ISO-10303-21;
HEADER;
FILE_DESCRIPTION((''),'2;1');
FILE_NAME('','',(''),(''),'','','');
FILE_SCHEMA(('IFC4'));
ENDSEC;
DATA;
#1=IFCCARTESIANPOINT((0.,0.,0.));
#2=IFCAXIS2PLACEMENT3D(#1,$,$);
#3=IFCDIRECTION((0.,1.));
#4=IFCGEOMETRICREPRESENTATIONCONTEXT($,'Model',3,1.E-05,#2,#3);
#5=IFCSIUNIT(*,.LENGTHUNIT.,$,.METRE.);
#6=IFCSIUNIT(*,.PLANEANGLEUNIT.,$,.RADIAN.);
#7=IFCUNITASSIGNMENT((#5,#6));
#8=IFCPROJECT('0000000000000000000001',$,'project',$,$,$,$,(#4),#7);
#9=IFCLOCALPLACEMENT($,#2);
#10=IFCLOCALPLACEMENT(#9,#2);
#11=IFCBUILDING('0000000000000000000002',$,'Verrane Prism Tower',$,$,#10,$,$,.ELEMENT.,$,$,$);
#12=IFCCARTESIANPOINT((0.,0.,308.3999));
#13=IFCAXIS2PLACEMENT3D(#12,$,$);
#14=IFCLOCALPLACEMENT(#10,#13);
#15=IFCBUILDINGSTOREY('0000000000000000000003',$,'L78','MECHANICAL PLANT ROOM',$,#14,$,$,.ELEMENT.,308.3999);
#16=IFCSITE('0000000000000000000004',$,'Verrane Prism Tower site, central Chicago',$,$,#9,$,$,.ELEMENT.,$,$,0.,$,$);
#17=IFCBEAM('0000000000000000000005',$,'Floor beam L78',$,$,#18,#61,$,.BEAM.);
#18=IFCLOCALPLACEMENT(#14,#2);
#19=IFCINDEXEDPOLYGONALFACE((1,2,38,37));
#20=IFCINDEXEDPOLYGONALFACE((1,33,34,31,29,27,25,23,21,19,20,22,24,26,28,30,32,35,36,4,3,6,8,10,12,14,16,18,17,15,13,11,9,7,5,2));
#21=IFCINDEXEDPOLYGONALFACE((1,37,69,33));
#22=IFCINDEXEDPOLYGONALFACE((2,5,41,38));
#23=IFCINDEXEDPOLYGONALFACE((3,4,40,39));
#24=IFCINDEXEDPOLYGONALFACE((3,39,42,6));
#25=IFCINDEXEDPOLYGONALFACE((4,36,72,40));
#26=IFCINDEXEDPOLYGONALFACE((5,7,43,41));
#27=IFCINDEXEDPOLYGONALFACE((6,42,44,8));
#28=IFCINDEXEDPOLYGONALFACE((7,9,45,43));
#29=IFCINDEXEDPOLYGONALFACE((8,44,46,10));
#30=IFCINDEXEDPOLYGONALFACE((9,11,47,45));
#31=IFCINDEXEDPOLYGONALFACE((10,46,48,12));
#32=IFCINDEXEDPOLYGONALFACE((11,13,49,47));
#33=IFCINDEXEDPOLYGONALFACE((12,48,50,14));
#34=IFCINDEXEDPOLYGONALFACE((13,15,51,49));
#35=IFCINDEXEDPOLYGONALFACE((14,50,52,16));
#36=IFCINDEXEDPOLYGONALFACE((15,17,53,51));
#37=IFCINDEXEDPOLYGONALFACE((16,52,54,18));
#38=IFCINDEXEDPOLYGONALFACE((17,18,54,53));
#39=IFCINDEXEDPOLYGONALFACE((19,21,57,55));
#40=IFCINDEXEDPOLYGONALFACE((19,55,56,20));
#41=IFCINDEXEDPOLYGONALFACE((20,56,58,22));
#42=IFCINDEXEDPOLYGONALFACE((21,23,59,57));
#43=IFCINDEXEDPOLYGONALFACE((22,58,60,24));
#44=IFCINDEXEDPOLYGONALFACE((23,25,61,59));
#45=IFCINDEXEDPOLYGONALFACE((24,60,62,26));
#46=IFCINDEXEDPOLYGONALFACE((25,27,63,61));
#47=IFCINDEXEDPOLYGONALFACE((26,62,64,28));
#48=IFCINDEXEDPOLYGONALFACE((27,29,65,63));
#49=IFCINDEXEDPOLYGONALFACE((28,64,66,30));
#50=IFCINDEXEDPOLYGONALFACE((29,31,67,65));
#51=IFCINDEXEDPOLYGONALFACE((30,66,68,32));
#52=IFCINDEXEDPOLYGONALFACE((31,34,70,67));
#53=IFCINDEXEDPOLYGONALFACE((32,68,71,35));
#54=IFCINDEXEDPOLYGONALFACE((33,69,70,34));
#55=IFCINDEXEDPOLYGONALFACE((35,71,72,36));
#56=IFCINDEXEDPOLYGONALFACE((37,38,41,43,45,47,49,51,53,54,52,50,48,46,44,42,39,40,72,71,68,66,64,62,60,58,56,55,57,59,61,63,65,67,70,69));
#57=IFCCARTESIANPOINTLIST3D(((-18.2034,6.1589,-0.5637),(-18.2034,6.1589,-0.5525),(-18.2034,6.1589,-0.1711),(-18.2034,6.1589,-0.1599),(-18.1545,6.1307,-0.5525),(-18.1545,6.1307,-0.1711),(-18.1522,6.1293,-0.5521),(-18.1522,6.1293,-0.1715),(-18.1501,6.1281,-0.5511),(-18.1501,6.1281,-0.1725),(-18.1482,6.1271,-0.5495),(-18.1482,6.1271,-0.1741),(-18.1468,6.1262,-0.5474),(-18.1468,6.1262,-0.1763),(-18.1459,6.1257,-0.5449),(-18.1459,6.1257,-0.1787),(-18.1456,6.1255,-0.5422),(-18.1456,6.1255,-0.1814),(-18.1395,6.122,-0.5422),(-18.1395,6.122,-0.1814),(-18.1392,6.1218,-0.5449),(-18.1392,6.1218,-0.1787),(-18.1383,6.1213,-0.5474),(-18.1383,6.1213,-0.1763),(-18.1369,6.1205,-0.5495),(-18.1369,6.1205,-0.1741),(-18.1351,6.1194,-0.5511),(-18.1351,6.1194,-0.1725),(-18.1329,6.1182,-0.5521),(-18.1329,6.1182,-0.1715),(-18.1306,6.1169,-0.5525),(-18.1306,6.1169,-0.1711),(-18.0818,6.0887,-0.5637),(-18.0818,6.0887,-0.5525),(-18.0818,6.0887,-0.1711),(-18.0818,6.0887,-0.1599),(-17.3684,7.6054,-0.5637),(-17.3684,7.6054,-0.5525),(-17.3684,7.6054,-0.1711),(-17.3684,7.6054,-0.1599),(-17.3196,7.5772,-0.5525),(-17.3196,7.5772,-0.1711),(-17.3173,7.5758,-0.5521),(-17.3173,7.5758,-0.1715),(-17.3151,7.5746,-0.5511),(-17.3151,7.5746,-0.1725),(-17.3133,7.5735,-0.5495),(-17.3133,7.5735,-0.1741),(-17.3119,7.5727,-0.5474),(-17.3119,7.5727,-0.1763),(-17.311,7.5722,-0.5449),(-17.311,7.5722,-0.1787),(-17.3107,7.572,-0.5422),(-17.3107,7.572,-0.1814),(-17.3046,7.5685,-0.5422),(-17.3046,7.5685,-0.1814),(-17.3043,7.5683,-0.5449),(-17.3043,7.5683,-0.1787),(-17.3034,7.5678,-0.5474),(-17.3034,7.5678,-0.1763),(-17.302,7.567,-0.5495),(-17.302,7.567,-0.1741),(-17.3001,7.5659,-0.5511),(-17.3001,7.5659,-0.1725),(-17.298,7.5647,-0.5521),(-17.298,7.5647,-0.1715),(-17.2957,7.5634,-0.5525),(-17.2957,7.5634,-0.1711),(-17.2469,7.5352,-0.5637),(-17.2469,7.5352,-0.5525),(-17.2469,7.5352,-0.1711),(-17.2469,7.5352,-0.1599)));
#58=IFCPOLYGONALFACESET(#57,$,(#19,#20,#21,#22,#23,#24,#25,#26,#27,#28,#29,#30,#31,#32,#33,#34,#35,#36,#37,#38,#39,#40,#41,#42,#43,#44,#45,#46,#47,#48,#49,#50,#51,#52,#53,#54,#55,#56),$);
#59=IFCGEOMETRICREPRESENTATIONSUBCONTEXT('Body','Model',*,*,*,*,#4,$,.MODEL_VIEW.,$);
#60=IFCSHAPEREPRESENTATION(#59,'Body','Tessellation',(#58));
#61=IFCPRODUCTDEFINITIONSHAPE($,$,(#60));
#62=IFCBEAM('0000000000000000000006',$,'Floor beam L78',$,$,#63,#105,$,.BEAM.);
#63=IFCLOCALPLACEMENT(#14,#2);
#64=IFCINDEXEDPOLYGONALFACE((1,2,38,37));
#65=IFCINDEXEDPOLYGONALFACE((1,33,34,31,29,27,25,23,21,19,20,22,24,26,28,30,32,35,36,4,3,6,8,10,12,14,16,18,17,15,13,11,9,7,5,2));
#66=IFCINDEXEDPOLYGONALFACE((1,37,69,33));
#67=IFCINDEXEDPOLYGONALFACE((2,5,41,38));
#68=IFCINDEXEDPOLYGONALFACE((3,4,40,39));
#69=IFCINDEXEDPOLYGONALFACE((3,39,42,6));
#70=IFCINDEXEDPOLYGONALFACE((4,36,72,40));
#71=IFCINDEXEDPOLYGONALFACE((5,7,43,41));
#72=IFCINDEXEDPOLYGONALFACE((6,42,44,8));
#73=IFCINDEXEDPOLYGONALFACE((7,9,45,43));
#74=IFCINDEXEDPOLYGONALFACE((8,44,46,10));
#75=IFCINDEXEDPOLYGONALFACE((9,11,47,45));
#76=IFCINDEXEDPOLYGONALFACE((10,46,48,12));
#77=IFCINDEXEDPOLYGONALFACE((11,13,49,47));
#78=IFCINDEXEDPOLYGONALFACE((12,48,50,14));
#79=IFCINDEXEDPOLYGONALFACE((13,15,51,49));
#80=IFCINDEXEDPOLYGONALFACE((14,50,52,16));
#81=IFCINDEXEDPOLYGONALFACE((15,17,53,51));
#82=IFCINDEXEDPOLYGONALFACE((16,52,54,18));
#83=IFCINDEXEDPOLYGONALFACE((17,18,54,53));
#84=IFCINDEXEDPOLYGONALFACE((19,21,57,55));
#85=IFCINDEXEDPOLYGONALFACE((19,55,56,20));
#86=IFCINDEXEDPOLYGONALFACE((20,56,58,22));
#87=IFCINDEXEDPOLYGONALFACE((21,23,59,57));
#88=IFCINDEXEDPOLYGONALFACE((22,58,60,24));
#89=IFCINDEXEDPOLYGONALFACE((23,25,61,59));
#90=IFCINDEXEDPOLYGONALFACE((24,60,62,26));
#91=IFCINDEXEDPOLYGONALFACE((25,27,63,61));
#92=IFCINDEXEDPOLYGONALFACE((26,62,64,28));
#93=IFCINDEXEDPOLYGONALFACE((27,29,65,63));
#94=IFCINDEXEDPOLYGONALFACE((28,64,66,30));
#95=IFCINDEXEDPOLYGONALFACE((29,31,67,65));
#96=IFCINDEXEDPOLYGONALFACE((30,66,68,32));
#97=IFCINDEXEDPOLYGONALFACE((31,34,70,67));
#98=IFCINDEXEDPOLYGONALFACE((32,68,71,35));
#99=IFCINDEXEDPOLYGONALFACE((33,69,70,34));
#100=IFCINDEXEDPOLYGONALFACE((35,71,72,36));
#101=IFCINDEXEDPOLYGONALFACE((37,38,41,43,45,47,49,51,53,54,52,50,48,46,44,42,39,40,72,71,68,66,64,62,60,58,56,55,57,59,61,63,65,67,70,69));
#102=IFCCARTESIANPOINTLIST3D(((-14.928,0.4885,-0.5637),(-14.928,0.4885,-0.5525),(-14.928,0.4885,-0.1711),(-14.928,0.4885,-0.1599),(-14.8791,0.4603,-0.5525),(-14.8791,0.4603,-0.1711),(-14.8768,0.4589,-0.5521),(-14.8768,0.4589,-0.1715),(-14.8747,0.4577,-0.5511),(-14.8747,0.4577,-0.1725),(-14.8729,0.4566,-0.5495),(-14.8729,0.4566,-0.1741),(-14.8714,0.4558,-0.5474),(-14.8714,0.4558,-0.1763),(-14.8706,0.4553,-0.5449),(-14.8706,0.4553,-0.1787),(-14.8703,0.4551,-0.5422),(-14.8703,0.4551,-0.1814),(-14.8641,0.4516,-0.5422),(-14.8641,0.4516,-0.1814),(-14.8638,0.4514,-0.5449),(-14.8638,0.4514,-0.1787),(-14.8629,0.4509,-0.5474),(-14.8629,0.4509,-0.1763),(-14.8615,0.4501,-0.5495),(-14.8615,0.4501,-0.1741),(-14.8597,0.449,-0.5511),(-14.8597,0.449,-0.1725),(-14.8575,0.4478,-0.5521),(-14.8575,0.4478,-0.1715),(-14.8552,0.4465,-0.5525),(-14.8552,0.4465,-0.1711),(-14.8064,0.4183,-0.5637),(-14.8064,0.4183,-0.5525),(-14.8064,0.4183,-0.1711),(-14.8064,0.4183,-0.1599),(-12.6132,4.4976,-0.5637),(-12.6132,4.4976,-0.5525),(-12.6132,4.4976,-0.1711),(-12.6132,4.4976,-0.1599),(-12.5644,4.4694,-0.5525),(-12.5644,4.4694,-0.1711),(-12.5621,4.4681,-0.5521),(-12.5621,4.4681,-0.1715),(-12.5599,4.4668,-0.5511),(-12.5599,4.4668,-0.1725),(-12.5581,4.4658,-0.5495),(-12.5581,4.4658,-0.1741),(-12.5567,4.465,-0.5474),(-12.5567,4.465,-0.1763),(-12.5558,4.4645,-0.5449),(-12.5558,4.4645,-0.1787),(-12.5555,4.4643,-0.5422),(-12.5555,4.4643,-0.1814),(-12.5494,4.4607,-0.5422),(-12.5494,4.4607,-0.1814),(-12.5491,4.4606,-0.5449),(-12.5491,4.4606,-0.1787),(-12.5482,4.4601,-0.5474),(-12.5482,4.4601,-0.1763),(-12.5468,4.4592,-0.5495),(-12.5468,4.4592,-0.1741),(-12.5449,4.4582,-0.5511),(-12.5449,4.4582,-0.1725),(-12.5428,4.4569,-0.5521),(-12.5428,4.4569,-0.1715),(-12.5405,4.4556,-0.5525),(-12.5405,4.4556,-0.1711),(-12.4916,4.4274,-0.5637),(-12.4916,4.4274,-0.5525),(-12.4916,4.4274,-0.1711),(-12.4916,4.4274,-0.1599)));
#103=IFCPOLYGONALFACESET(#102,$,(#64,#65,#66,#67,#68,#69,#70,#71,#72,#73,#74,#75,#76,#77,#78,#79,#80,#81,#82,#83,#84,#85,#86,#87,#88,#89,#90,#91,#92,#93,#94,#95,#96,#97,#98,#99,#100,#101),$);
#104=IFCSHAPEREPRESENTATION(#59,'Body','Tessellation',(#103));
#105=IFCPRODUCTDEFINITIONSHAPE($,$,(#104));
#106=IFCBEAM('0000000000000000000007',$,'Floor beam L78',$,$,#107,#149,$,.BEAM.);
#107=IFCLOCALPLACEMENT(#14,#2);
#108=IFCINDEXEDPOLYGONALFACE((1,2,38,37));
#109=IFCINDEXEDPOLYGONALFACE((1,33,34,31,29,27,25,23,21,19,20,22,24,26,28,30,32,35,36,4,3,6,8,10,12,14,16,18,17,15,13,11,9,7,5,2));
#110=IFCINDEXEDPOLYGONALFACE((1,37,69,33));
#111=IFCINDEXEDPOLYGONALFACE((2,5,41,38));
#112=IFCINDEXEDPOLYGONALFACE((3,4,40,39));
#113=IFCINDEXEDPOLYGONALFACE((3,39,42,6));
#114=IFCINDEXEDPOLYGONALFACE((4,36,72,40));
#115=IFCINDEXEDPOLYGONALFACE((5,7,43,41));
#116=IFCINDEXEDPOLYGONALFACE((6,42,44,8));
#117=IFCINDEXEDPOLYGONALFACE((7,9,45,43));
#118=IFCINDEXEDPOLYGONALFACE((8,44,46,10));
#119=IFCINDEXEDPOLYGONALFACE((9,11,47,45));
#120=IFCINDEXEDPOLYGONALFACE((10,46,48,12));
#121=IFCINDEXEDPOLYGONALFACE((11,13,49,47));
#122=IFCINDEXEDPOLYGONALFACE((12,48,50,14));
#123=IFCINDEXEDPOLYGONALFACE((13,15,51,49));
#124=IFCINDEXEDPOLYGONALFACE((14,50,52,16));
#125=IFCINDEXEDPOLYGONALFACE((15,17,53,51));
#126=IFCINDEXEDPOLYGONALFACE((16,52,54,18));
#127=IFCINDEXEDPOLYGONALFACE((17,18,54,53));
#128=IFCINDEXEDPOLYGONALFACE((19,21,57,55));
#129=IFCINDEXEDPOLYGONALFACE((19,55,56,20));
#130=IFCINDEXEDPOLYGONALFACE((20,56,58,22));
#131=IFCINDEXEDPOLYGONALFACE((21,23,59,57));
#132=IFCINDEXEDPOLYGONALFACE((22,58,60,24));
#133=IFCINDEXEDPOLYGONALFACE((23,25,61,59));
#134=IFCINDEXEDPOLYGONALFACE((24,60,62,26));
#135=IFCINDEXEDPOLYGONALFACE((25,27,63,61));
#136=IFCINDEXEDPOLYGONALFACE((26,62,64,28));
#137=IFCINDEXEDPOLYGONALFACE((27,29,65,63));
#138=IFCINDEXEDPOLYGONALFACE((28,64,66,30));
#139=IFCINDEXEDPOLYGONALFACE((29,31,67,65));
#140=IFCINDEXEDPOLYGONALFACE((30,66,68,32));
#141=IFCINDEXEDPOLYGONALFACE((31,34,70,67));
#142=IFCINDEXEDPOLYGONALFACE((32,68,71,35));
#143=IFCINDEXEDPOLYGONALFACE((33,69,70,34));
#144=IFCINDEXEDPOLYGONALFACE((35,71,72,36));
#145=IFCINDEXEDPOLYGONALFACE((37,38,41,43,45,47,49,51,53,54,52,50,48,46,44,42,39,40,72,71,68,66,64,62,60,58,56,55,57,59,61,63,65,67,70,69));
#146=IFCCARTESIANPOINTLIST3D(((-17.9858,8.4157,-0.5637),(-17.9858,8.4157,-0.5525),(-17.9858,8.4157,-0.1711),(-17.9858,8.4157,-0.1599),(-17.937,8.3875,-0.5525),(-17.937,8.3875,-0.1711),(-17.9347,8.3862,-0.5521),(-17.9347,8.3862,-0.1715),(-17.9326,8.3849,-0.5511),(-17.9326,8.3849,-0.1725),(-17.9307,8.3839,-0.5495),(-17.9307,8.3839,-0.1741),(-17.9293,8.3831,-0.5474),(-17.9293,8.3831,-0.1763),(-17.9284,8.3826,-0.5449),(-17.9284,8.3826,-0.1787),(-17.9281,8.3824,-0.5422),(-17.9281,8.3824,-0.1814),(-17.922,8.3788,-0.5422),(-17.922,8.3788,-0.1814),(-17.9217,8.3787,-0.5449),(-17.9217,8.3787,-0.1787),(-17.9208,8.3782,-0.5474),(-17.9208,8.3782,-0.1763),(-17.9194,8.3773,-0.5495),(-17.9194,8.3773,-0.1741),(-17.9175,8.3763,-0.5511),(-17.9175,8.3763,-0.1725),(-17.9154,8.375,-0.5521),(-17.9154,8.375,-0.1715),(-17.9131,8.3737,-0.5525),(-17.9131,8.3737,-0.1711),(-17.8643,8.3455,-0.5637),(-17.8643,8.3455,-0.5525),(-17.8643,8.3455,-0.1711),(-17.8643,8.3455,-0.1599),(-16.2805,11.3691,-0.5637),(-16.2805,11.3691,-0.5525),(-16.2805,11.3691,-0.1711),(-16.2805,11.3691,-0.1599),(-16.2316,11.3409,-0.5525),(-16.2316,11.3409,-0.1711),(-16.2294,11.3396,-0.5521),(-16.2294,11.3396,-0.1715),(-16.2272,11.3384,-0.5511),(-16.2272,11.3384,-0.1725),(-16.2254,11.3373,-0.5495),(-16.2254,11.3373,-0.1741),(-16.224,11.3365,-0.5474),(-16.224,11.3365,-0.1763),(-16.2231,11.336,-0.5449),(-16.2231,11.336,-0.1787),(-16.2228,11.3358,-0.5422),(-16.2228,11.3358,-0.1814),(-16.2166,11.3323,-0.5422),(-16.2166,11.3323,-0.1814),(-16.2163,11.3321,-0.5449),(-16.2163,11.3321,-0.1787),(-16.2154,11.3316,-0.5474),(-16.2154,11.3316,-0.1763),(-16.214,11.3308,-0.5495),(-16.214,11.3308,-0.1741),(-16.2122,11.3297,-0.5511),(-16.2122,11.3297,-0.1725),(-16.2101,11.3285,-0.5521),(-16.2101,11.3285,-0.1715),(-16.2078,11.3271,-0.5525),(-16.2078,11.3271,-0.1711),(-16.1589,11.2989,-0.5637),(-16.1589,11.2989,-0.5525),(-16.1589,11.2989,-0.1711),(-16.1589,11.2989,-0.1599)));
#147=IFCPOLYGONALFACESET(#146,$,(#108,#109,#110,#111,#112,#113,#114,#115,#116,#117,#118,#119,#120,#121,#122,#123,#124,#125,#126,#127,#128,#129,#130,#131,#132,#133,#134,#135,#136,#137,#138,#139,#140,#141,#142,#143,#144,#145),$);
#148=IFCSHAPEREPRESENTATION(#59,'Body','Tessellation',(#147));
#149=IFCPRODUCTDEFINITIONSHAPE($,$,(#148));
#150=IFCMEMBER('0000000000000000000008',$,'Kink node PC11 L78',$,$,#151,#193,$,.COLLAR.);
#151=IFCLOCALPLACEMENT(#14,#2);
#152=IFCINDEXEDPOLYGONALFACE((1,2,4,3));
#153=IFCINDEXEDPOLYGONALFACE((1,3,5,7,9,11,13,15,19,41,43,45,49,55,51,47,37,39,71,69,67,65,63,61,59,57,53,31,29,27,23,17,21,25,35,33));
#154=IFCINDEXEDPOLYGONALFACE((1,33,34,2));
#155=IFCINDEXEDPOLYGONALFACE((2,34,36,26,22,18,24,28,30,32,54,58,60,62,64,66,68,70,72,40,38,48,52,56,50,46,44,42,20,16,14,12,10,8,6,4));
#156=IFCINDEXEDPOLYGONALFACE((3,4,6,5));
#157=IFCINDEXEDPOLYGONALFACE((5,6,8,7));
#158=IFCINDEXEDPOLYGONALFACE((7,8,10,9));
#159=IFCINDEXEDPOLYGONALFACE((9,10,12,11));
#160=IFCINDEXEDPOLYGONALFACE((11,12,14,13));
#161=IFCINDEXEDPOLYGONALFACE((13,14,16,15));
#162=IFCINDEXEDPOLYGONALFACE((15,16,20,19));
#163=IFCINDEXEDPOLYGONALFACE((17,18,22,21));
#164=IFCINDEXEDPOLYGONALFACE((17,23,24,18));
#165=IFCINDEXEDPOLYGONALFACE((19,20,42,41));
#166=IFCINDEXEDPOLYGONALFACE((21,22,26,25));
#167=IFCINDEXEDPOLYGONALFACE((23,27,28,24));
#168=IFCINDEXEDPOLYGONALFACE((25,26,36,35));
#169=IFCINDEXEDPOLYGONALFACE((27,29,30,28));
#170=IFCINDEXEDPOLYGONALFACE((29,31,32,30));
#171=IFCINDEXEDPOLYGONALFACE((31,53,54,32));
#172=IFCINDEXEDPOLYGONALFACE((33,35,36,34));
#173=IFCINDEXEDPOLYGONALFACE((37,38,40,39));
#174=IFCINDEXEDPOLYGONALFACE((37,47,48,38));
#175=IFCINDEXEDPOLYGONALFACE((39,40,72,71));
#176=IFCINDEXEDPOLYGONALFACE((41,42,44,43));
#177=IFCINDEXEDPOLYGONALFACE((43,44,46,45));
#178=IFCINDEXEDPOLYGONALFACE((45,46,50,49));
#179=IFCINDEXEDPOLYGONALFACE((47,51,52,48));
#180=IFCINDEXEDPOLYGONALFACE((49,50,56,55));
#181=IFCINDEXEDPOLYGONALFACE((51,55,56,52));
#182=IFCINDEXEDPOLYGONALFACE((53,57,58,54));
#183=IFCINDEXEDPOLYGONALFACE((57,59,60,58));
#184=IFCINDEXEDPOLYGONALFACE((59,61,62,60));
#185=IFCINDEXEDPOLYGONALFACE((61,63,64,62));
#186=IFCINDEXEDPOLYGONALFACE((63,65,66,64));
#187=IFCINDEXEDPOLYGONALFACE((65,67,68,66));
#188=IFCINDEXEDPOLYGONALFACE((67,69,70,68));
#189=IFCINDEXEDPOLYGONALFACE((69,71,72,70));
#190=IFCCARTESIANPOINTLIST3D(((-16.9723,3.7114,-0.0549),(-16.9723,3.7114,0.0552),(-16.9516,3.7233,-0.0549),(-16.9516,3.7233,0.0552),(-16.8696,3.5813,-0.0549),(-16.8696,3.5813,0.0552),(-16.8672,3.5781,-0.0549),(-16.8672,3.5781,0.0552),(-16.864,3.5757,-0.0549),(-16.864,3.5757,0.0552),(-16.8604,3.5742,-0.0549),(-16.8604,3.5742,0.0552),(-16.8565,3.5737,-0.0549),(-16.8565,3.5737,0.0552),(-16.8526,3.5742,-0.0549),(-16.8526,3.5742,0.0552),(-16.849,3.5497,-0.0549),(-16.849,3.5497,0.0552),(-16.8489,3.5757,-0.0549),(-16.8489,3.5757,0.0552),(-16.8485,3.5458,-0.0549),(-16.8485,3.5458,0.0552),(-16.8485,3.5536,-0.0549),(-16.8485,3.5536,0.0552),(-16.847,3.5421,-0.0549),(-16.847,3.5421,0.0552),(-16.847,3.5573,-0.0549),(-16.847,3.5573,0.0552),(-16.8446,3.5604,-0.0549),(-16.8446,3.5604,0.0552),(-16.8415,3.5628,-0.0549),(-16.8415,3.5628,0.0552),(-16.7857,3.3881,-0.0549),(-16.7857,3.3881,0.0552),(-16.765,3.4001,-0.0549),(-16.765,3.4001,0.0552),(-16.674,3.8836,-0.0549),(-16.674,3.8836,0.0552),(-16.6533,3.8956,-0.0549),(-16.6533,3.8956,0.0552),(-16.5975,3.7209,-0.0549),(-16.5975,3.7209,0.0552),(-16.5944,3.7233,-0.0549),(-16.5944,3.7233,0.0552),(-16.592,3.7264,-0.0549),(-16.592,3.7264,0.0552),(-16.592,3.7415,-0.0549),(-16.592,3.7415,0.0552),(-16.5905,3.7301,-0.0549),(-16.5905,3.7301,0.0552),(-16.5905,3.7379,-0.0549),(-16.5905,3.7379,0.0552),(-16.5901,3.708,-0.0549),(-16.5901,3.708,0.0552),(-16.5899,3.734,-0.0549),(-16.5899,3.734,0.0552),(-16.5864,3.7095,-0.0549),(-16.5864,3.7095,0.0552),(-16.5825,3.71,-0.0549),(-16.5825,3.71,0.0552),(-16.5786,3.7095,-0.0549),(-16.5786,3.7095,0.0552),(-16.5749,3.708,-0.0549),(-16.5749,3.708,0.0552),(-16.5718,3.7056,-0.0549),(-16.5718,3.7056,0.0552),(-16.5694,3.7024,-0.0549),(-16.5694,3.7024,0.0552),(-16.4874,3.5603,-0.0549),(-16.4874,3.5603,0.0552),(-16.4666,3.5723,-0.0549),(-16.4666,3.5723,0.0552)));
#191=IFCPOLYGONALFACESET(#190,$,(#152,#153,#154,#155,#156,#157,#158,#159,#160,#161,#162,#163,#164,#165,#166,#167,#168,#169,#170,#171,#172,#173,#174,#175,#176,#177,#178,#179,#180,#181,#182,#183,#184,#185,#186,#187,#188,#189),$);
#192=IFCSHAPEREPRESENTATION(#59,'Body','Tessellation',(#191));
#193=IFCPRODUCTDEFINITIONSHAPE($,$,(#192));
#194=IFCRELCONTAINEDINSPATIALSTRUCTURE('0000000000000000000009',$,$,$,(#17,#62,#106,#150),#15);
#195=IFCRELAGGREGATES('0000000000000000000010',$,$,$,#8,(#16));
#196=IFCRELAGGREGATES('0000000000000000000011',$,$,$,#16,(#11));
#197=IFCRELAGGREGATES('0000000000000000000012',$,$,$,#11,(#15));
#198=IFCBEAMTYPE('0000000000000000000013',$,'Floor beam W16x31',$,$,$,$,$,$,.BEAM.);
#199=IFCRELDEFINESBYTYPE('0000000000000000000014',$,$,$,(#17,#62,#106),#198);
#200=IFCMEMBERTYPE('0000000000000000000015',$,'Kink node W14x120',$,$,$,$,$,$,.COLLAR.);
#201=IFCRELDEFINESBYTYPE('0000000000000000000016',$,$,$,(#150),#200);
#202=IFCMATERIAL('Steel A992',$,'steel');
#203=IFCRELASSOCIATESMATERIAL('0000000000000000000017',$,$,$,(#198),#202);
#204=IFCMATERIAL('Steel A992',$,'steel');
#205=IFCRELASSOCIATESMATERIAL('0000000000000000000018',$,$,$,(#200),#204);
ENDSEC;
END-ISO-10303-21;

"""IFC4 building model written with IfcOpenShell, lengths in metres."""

from ifc_helpers import new_model, si_unit, direction, frame, origin, origin_2d, place, context, subcontext, project, spatial, i_section, extrude, material, material_profile, profile_set, type_object, element, save


model = new_model("IFC4")

# Units and contexts
model_context = context("Model", 3, precision=1e-05, world=origin(), true_north=direction((0.0, 1.0)))
body_context = subcontext(model_context, "Body", "Model", "MODEL_VIEW")
ifc_project = project(units=[si_unit("LENGTHUNIT", "METRE"), si_unit("PLANEANGLEUNIT", "RADIAN")], contexts=[model_context])

# Site, building, storey
site_placement = place(None, origin())
site = spatial("IfcSite", under=ifc_project, at=site_placement, Name="Verrane Prism Tower site, central Chicago", CompositionType="ELEMENT", RefElevation=0.0)
building_placement = place(site_placement, origin())
building = spatial("IfcBuilding", under=site, at=building_placement, Name="Verrane Prism Tower", CompositionType="ELEMENT")
storey_placement = place(building_placement, frame((0.0, 0.0, 308.3999)))
storey = spatial("IfcBuildingStorey", under=building, at=storey_placement, Name="L78", Description="MECHANICAL PLANT ROOM", CompositionType="ELEMENT", Elevation=308.3999)

# Beams
ifc_material_1 = material(Name="Steel A992", Category="steel")
ifc_material_profile_1 = material_profile(ifc_material_1, i_section(OverallWidth=0.1404, OverallDepth=0.4038, WebThickness=0.0071, FlangeThickness=0.0112, FilletRadius=0.0103, at=origin_2d()), Name="W16x31")
ifc_profile_set_1 = profile_set([ifc_material_profile_1], Name="Steel A992")
beam_type_1 = type_object("IfcBeamType", Name="Floor beam W16x31", PredefinedType="BEAM", material=ifc_profile_set_1)
beam_1_placement = place(storey_placement, frame((-18.1426, 6.1238, -0.3618), z_axis=(0.499912, 0.866076, 0.0), x_axis=(-0.866076, 0.499912, 0.0)))
element("IfcBeam", 1, at=beam_1_placement, inside=storey, type_object=beam_type_1, Name="Floor beam L78", PredefinedType="BEAM", context=body_context, shape_type="SweptSolid", body=[
    extrude(i_section(OverallWidth=0.1404, OverallDepth=0.4038, WebThickness=0.0071, FlangeThickness=0.0112, FilletRadius=0.0103, at=origin_2d()), origin(), (0.0, 0.0, 1.0), 1.6702),
])
beam_2_placement = place(storey_placement, frame((-14.8672, 0.4534, -0.3618), z_axis=(0.500013, 0.866018, 0.0), x_axis=(-0.866018, 0.500013, 0.0)))
element("IfcBeam", 2, at=beam_2_placement, inside=storey, type_object=beam_type_1, Name="Floor beam L78", PredefinedType="BEAM", context=body_context, shape_type="SweptSolid", body=[
    extrude(i_section(OverallWidth=0.1404, OverallDepth=0.4038, WebThickness=0.0071, FlangeThickness=0.0112, FilletRadius=0.0103, at=origin_2d()), origin(), (0.0, 0.0, 1.0), 4.6294),
])
beam_3_placement = place(storey_placement, frame((-17.925, 8.3806, -0.3618), z_axis=(0.500043, 0.866001, 0.0), x_axis=(-0.866001, 0.500043, 0.0)))
element("IfcBeam", 3, at=beam_3_placement, inside=storey, type_object=beam_type_1, Name="Floor beam L78", PredefinedType="BEAM", context=body_context, shape_type="SweptSolid", body=[
    extrude(i_section(OverallWidth=0.1404, OverallDepth=0.4038, WebThickness=0.0071, FlangeThickness=0.0112, FilletRadius=0.0103, at=origin_2d()), origin(), (0.0, 0.0, 1.0), 3.4104),
])

# Member
ifc_material_2 = material(Name="Steel A992", Category="steel")
ifc_material_profile_2 = material_profile(ifc_material_2, i_section(OverallWidth=0.3733, OverallDepth=0.3684, WebThickness=0.0149, FlangeThickness=0.0239, FilletRadius=0.0151, at=origin_2d()), Name="W14x120")
ifc_profile_set_2 = profile_set([ifc_material_profile_2], Name="Steel A992")
member_type_1 = type_object("IfcMemberType", Name="Kink node W14x120", PredefinedType="COLLAR", material=ifc_profile_set_2)
member_1_placement = place(storey_placement, frame((-16.7195, 3.6418, -0.0549), z_axis=(0.0, 0.0, 1.0), x_axis=(-0.5, 0.866025, 0.0)))
element("IfcMember", 4, at=member_1_placement, inside=storey, type_object=member_type_1, Name="Kink node PC11 L78", PredefinedType="COLLAR", context=body_context, shape_type="SweptSolid", body=[
    extrude(i_section(OverallWidth=0.3733, OverallDepth=0.3684, WebThickness=0.0149, FlangeThickness=0.0239, FilletRadius=0.0151, at=origin_2d()), origin(), (0.0, 0.0, 1.0), 0.1101),
])

save(model, "model.ifc")
